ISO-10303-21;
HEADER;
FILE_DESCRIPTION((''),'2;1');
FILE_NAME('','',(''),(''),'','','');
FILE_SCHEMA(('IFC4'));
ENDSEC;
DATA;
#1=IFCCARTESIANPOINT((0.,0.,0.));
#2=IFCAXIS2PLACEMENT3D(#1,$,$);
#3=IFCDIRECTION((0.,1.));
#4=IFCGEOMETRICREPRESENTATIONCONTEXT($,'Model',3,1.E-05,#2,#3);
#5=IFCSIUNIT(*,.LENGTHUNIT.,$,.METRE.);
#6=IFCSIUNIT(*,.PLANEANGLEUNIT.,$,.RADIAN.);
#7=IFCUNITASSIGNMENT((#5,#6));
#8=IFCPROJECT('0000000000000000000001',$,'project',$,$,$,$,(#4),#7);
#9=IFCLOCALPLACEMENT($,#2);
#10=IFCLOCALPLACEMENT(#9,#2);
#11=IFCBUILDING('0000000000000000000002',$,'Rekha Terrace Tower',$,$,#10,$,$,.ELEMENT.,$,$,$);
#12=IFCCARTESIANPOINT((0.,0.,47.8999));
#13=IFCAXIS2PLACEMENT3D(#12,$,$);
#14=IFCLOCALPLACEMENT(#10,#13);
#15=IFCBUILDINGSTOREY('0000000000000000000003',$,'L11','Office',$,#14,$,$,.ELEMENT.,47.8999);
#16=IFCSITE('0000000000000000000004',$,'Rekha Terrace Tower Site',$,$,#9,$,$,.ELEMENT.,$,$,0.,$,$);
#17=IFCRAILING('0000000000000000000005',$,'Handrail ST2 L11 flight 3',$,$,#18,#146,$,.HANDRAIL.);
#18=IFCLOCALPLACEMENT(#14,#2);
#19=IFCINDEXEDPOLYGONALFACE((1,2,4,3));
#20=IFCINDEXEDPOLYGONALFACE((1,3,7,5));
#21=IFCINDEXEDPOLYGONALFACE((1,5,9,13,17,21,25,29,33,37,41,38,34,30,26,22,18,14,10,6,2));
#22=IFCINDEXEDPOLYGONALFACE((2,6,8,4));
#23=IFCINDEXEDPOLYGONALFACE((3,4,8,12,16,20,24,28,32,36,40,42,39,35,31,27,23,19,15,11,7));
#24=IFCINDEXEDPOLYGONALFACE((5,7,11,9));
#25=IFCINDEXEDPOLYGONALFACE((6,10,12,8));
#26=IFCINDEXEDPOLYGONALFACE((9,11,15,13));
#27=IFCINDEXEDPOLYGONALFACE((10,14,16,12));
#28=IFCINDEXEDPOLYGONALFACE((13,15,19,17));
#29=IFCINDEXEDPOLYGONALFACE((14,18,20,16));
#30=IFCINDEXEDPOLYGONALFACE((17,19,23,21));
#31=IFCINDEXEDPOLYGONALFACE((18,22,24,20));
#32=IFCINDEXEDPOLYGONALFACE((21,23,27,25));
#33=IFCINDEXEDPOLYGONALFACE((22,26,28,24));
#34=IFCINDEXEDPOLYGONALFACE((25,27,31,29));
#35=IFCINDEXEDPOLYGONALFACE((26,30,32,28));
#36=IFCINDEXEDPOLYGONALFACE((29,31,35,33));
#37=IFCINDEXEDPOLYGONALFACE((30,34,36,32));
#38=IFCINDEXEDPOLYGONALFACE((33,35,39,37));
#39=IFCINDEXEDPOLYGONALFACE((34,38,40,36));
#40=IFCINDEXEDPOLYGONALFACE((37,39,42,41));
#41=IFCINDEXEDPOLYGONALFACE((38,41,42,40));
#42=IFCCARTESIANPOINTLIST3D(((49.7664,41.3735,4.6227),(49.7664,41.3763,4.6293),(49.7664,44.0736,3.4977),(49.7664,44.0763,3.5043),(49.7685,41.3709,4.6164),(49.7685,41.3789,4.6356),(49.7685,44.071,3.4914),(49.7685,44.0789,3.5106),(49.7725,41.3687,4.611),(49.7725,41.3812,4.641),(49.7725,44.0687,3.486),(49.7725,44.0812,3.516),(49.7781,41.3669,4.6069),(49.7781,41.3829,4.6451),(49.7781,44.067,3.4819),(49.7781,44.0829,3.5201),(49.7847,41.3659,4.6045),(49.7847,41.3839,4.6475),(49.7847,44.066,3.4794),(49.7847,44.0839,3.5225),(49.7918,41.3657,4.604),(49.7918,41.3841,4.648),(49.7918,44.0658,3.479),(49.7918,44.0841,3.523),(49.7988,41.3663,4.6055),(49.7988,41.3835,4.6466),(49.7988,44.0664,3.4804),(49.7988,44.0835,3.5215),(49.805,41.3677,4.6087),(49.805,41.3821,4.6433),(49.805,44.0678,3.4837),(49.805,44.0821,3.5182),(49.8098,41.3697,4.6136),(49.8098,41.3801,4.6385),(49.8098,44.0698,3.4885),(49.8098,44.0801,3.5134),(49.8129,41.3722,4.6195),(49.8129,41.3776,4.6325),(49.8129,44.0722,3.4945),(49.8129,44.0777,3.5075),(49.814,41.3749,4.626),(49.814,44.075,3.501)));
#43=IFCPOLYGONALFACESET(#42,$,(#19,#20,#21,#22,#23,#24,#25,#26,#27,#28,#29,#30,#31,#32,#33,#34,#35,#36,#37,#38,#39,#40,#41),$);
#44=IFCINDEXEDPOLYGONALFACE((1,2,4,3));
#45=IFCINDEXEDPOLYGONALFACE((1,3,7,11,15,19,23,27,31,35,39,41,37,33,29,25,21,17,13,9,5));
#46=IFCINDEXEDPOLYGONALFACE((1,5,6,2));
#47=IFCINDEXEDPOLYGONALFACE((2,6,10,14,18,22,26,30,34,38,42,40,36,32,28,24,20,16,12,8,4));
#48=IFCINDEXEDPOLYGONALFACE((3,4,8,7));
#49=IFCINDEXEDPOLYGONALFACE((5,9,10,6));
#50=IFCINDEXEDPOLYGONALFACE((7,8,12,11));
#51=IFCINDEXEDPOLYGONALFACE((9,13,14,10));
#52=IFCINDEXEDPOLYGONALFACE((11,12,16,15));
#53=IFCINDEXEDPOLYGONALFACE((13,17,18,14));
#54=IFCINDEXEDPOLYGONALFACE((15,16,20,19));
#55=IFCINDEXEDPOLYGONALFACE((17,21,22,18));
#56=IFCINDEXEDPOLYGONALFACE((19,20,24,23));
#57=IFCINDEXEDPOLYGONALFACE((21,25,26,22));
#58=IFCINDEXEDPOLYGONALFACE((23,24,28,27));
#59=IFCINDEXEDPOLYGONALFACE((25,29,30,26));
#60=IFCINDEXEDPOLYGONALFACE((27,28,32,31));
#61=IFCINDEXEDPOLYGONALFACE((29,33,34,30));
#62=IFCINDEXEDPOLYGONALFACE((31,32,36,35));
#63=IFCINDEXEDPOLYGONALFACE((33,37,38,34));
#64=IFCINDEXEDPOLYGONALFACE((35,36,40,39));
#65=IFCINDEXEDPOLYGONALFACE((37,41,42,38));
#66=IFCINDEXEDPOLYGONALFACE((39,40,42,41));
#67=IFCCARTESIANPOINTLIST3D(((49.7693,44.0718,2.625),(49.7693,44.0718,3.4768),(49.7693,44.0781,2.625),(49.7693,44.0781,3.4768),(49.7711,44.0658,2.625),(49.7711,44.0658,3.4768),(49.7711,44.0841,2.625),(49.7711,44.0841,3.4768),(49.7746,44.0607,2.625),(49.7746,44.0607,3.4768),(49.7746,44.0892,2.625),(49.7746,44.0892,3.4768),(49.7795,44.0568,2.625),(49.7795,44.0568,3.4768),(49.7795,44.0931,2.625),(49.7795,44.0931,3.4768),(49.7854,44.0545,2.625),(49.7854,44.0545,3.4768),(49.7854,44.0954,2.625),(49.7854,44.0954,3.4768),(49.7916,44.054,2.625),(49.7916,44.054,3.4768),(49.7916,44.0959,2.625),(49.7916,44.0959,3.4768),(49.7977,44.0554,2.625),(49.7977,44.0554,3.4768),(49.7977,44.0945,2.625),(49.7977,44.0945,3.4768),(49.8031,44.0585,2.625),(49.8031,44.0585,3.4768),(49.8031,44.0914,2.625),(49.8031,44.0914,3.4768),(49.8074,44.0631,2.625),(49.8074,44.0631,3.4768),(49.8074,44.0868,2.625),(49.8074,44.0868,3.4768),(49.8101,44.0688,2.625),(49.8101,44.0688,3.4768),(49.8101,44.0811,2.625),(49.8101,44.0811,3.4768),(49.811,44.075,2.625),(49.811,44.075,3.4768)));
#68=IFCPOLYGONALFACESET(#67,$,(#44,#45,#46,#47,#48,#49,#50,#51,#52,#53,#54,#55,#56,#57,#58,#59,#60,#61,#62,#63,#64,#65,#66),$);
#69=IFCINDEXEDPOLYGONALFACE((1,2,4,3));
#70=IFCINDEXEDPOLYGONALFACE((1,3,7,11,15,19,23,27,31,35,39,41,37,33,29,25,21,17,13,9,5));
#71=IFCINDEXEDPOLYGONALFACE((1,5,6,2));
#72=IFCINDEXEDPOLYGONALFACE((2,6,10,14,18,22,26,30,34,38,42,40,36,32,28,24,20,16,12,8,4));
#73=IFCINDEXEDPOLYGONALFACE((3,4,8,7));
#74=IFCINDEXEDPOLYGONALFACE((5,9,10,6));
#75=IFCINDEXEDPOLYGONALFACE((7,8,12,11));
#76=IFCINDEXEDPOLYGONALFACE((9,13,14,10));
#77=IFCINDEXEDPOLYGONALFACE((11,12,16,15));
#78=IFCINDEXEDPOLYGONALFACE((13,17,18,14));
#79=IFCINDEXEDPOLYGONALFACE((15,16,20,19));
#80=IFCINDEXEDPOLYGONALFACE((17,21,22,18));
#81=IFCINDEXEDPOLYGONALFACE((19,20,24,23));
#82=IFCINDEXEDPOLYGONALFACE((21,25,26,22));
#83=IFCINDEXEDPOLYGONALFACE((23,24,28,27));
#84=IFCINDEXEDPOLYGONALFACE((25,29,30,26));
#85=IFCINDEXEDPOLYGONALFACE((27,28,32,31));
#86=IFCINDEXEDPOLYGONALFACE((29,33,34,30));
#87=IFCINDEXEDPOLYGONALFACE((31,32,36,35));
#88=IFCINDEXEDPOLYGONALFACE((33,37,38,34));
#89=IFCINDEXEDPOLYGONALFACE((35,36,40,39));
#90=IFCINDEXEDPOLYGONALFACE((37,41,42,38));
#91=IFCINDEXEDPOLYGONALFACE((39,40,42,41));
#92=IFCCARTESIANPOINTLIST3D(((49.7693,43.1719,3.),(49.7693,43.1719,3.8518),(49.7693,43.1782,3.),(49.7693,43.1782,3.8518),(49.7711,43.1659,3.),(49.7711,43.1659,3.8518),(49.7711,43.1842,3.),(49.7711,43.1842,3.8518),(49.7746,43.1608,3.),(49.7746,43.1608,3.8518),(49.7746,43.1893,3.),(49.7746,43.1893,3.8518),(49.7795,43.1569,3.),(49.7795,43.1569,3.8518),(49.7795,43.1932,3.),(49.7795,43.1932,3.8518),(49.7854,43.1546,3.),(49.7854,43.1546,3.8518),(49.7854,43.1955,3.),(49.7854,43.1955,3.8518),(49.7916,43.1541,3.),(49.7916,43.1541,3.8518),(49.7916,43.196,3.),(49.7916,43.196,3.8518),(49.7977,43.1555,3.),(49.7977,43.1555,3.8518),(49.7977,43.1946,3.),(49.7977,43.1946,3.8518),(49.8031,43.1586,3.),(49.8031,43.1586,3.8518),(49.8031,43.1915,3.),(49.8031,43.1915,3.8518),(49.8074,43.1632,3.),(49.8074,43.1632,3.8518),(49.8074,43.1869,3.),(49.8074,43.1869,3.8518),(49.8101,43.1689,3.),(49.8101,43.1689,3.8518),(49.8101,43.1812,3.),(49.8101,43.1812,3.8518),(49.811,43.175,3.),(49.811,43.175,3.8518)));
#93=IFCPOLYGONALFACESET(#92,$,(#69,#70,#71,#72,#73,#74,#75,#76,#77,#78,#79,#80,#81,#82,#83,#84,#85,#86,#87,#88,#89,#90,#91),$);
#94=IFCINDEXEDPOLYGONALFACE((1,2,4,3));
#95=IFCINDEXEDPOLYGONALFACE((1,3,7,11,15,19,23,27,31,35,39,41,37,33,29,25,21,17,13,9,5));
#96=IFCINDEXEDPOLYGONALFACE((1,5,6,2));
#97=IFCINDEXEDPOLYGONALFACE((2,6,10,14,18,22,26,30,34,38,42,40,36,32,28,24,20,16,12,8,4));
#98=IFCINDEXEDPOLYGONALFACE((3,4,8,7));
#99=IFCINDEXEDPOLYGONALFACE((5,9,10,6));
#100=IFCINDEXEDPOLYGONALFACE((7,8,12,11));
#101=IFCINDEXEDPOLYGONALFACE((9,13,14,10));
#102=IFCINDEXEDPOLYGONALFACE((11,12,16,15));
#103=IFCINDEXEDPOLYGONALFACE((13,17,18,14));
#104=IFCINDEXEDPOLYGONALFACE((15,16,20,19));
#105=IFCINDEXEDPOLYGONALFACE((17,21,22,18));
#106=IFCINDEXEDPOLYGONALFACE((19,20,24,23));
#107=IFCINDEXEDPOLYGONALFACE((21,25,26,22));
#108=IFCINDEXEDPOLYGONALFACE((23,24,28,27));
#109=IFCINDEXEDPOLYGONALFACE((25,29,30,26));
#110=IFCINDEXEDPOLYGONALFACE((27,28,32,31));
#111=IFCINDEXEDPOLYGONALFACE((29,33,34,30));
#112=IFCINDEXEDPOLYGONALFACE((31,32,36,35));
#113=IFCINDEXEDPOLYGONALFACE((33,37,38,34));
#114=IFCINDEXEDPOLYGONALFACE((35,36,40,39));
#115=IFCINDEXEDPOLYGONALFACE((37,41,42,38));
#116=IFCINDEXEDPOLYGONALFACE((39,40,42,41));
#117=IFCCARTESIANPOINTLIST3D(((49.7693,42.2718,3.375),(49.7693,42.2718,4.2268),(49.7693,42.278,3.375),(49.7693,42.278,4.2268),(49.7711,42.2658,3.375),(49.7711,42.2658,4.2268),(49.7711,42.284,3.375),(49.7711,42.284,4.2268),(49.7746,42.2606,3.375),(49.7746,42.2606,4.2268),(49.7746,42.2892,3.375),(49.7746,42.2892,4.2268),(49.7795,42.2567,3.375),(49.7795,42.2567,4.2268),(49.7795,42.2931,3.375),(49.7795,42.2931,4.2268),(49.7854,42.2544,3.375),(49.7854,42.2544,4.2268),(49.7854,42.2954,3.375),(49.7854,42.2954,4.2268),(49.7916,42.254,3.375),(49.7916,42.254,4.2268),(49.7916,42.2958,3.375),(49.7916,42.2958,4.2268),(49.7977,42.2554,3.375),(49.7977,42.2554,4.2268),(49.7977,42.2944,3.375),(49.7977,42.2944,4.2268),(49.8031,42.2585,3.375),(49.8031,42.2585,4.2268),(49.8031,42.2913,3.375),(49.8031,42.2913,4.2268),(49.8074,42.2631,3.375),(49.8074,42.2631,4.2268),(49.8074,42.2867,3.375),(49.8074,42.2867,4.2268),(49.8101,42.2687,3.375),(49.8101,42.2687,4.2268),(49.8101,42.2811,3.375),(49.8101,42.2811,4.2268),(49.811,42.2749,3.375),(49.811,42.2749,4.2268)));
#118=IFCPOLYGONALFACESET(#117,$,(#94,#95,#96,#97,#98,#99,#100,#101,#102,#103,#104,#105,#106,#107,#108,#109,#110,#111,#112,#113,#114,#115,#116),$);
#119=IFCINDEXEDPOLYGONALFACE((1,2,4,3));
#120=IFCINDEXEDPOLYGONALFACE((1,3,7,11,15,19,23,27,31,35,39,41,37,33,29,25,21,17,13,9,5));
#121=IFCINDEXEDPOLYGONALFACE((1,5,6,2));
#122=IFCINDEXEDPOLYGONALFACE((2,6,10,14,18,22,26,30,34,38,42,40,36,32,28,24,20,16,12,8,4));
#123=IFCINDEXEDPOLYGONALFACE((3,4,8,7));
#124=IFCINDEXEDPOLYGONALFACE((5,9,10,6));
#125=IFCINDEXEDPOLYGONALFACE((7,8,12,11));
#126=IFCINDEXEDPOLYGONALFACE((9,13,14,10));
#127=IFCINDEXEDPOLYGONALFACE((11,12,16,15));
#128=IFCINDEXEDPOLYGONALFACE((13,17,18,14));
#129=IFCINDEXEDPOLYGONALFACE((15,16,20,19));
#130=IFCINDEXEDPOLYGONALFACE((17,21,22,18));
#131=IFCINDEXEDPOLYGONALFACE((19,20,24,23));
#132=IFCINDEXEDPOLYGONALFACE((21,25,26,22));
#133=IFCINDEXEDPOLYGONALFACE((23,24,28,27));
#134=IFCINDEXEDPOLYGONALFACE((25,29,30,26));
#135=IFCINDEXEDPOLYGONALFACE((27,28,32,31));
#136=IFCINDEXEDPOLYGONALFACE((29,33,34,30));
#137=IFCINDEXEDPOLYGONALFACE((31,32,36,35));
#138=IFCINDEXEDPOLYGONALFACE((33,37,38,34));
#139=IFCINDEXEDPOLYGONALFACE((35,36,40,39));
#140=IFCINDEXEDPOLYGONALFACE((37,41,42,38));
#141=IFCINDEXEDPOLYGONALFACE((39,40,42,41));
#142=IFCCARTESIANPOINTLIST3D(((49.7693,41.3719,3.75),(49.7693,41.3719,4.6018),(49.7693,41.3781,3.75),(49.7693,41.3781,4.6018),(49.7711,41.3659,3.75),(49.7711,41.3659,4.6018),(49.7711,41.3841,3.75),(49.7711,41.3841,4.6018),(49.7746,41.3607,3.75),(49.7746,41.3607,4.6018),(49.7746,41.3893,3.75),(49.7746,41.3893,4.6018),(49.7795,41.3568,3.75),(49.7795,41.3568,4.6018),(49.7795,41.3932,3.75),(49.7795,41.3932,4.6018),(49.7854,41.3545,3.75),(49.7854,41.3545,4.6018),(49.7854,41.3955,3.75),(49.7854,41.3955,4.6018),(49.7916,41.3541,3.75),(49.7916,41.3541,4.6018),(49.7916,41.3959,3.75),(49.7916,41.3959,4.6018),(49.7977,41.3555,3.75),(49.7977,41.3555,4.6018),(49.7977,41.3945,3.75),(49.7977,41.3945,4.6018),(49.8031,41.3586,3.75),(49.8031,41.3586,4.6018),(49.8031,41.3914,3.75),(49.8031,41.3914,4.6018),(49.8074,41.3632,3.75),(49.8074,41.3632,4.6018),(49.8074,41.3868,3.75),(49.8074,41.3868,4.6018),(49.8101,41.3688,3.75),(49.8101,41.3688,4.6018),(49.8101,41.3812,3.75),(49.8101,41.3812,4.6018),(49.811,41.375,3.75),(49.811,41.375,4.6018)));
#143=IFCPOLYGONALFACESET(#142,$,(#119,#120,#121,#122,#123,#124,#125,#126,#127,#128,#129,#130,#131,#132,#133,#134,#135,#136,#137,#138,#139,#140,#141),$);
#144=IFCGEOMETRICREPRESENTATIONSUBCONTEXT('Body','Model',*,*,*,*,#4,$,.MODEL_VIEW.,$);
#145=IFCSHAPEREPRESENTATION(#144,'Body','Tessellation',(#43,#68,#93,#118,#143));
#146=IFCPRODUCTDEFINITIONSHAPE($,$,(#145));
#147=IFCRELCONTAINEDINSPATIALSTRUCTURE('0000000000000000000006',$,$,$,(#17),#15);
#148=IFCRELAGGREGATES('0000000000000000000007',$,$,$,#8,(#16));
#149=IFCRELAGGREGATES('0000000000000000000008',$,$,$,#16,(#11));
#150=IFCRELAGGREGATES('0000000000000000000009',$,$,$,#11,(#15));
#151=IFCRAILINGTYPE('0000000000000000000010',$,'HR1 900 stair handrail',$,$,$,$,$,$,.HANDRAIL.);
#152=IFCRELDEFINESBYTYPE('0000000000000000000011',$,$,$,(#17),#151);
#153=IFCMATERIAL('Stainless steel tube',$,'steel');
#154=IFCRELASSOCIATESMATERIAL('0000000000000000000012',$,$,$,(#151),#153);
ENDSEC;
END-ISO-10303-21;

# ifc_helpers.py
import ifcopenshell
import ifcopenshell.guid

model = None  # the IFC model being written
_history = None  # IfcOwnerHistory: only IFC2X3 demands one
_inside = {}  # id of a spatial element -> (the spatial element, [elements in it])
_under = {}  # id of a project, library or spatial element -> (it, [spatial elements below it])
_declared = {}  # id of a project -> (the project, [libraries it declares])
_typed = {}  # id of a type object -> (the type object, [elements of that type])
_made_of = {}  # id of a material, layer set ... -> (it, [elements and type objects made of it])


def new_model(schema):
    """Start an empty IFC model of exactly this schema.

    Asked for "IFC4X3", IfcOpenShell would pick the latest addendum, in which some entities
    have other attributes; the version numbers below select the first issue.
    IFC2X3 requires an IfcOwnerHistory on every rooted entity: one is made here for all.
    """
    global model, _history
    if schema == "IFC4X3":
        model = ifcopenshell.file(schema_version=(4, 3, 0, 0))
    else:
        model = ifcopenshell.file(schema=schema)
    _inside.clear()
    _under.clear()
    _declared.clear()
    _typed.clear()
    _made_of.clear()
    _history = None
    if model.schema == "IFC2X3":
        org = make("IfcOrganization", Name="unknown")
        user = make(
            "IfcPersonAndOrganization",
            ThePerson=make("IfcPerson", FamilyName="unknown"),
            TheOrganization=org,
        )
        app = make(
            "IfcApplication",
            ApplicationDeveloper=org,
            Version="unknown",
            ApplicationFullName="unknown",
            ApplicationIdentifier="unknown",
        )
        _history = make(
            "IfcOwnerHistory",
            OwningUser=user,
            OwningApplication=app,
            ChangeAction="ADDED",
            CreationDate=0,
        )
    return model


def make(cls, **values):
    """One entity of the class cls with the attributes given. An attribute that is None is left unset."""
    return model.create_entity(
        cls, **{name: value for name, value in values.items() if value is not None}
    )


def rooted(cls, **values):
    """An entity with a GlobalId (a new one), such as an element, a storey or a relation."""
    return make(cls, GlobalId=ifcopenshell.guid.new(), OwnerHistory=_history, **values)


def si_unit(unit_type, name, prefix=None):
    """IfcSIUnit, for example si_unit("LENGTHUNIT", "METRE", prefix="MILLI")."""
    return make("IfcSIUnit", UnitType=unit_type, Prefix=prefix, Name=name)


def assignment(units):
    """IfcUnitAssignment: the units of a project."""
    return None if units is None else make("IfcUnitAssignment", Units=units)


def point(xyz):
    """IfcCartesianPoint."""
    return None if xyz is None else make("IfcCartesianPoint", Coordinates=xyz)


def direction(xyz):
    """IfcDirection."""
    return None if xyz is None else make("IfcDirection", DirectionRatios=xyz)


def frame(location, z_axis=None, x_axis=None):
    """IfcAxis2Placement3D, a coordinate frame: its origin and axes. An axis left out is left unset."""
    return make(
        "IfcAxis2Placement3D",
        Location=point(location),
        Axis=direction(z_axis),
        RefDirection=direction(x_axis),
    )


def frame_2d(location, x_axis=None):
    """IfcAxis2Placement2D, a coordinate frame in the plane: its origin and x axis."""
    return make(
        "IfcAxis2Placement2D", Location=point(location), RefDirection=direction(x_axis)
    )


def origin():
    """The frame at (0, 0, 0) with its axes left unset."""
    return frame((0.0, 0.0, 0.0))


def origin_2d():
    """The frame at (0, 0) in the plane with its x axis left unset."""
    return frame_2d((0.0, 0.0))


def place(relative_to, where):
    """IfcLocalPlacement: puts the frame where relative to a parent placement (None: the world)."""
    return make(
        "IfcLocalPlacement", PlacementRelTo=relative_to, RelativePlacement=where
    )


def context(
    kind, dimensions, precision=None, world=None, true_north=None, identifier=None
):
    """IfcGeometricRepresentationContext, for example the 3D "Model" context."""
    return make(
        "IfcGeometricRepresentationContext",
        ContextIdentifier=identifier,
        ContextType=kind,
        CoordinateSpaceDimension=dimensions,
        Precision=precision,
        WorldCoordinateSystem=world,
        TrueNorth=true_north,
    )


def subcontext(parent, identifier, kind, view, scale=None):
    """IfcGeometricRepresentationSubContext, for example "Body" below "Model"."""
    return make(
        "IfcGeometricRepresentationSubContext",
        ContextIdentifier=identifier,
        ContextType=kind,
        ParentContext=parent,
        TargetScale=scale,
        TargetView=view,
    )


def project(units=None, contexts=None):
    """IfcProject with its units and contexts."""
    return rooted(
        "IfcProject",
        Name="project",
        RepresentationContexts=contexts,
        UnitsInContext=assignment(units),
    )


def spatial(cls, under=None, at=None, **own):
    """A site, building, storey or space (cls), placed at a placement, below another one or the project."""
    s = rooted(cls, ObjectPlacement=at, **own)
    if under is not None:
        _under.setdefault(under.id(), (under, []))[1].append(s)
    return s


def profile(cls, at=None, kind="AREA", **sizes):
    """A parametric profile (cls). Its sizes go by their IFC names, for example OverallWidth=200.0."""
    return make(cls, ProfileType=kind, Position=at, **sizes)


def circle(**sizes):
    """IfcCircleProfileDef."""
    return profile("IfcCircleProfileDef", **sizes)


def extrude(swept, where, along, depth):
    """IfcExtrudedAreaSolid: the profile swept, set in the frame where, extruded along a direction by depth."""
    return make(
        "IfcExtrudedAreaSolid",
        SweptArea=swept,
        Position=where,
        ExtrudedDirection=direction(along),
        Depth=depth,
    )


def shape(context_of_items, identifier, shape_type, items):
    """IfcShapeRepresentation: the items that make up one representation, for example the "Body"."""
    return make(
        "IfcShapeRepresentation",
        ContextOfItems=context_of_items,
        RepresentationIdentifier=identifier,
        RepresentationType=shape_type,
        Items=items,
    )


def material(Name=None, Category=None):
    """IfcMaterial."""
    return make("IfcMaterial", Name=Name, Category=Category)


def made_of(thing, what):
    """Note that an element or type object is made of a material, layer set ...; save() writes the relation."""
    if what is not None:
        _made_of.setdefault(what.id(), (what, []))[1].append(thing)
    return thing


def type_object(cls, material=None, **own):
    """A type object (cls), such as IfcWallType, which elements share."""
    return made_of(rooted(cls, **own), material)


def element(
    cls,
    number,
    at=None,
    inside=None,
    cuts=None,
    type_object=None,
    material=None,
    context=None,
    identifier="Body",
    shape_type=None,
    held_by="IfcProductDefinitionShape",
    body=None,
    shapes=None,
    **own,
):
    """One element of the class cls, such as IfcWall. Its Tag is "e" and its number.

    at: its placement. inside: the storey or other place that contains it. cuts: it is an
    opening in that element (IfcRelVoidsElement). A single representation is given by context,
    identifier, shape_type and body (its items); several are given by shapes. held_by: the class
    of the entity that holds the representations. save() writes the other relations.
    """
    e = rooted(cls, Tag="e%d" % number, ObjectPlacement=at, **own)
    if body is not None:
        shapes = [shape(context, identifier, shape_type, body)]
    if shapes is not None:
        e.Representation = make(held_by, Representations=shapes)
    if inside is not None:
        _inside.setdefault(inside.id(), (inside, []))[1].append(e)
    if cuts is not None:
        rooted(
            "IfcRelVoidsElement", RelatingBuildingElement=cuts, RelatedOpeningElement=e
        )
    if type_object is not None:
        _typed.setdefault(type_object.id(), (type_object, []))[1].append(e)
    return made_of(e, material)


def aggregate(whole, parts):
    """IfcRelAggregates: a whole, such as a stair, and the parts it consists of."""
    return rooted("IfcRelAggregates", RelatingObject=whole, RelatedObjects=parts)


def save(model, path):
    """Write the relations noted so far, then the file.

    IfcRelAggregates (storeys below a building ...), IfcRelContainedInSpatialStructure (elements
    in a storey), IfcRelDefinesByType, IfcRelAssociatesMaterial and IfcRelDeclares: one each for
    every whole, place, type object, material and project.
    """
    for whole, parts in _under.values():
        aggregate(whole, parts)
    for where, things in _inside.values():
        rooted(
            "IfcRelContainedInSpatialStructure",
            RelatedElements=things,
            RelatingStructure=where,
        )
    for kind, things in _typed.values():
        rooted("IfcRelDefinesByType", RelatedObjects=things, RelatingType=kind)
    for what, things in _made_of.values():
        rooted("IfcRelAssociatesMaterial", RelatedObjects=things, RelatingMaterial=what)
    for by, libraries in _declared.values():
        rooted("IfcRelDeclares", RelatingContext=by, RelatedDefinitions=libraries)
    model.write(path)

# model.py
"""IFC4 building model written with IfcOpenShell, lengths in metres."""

from ifc_helpers import new_model, si_unit, direction, frame, origin, origin_2d, place, context, subcontext, project, spatial, circle, extrude, material, type_object, element, save


model = new_model("IFC4")

# Units and contexts
model_context = context("Model", 3, precision=1e-05, world=origin(), true_north=direction((0.0, 1.0)))
body_context = subcontext(model_context, "Body", "Model", "MODEL_VIEW")
ifc_project = project(units=[si_unit("LENGTHUNIT", "METRE"), si_unit("PLANEANGLEUNIT", "RADIAN")], contexts=[model_context])

# Site, building, storey
site_placement = place(None, origin())
site = spatial("IfcSite", under=ifc_project, at=site_placement, Name="Rekha Terrace Tower Site", CompositionType="ELEMENT", RefElevation=0.0)
building_placement = place(site_placement, origin())
building = spatial("IfcBuilding", under=site, at=building_placement, Name="Rekha Terrace Tower", CompositionType="ELEMENT")
storey_placement = place(building_placement, frame((0.0, 0.0, 47.8999)))
storey = spatial("IfcBuildingStorey", under=building, at=storey_placement, Name="L11", Description="Office", CompositionType="ELEMENT", Elevation=47.8999)

# Railing
ifc_material_1 = material(Name="Stainless steel tube", Category="steel")
railing_type_1 = type_object("IfcRailingType", Name="HR1 900 stair handrail", PredefinedType="HANDRAIL", material=ifc_material_1)
railing_1_placement = place(storey_placement, frame((49.79, 44.075, 2.625)))
element("IfcRailing", 1, at=railing_1_placement, inside=storey, type_object=railing_type_1, Name="Handrail ST2 L11 flight 3", PredefinedType="HANDRAIL", context=body_context, shape_type="SweptSolid", body=[
    extrude(circle(Radius=0.0239, at=origin_2d()), frame((0.0, 0.0, 0.876), z_axis=(0.0, -0.923074, 0.384621), x_axis=(1.0, 0.0, 0.0)), (0.0, 0.0, 1.0), 2.925),
    extrude(circle(Radius=0.021, at=origin_2d()), origin(), (0.0, 0.0, 1.0), 0.8518),
    extrude(circle(Radius=0.021, at=origin_2d()), frame((0.0, -0.8999, 0.375)), (0.0, 0.0, 1.0), 0.8518),
    extrude(circle(Radius=0.021, at=origin_2d()), frame((0.0, -1.8, 0.75)), (0.0, 0.0, 1.0), 0.8518),
    extrude(circle(Radius=0.021, at=origin_2d()), frame((0.0, -2.7, 1.125)), (0.0, 0.0, 1.0), 0.8518),
])

save(model, "model.ifc")
